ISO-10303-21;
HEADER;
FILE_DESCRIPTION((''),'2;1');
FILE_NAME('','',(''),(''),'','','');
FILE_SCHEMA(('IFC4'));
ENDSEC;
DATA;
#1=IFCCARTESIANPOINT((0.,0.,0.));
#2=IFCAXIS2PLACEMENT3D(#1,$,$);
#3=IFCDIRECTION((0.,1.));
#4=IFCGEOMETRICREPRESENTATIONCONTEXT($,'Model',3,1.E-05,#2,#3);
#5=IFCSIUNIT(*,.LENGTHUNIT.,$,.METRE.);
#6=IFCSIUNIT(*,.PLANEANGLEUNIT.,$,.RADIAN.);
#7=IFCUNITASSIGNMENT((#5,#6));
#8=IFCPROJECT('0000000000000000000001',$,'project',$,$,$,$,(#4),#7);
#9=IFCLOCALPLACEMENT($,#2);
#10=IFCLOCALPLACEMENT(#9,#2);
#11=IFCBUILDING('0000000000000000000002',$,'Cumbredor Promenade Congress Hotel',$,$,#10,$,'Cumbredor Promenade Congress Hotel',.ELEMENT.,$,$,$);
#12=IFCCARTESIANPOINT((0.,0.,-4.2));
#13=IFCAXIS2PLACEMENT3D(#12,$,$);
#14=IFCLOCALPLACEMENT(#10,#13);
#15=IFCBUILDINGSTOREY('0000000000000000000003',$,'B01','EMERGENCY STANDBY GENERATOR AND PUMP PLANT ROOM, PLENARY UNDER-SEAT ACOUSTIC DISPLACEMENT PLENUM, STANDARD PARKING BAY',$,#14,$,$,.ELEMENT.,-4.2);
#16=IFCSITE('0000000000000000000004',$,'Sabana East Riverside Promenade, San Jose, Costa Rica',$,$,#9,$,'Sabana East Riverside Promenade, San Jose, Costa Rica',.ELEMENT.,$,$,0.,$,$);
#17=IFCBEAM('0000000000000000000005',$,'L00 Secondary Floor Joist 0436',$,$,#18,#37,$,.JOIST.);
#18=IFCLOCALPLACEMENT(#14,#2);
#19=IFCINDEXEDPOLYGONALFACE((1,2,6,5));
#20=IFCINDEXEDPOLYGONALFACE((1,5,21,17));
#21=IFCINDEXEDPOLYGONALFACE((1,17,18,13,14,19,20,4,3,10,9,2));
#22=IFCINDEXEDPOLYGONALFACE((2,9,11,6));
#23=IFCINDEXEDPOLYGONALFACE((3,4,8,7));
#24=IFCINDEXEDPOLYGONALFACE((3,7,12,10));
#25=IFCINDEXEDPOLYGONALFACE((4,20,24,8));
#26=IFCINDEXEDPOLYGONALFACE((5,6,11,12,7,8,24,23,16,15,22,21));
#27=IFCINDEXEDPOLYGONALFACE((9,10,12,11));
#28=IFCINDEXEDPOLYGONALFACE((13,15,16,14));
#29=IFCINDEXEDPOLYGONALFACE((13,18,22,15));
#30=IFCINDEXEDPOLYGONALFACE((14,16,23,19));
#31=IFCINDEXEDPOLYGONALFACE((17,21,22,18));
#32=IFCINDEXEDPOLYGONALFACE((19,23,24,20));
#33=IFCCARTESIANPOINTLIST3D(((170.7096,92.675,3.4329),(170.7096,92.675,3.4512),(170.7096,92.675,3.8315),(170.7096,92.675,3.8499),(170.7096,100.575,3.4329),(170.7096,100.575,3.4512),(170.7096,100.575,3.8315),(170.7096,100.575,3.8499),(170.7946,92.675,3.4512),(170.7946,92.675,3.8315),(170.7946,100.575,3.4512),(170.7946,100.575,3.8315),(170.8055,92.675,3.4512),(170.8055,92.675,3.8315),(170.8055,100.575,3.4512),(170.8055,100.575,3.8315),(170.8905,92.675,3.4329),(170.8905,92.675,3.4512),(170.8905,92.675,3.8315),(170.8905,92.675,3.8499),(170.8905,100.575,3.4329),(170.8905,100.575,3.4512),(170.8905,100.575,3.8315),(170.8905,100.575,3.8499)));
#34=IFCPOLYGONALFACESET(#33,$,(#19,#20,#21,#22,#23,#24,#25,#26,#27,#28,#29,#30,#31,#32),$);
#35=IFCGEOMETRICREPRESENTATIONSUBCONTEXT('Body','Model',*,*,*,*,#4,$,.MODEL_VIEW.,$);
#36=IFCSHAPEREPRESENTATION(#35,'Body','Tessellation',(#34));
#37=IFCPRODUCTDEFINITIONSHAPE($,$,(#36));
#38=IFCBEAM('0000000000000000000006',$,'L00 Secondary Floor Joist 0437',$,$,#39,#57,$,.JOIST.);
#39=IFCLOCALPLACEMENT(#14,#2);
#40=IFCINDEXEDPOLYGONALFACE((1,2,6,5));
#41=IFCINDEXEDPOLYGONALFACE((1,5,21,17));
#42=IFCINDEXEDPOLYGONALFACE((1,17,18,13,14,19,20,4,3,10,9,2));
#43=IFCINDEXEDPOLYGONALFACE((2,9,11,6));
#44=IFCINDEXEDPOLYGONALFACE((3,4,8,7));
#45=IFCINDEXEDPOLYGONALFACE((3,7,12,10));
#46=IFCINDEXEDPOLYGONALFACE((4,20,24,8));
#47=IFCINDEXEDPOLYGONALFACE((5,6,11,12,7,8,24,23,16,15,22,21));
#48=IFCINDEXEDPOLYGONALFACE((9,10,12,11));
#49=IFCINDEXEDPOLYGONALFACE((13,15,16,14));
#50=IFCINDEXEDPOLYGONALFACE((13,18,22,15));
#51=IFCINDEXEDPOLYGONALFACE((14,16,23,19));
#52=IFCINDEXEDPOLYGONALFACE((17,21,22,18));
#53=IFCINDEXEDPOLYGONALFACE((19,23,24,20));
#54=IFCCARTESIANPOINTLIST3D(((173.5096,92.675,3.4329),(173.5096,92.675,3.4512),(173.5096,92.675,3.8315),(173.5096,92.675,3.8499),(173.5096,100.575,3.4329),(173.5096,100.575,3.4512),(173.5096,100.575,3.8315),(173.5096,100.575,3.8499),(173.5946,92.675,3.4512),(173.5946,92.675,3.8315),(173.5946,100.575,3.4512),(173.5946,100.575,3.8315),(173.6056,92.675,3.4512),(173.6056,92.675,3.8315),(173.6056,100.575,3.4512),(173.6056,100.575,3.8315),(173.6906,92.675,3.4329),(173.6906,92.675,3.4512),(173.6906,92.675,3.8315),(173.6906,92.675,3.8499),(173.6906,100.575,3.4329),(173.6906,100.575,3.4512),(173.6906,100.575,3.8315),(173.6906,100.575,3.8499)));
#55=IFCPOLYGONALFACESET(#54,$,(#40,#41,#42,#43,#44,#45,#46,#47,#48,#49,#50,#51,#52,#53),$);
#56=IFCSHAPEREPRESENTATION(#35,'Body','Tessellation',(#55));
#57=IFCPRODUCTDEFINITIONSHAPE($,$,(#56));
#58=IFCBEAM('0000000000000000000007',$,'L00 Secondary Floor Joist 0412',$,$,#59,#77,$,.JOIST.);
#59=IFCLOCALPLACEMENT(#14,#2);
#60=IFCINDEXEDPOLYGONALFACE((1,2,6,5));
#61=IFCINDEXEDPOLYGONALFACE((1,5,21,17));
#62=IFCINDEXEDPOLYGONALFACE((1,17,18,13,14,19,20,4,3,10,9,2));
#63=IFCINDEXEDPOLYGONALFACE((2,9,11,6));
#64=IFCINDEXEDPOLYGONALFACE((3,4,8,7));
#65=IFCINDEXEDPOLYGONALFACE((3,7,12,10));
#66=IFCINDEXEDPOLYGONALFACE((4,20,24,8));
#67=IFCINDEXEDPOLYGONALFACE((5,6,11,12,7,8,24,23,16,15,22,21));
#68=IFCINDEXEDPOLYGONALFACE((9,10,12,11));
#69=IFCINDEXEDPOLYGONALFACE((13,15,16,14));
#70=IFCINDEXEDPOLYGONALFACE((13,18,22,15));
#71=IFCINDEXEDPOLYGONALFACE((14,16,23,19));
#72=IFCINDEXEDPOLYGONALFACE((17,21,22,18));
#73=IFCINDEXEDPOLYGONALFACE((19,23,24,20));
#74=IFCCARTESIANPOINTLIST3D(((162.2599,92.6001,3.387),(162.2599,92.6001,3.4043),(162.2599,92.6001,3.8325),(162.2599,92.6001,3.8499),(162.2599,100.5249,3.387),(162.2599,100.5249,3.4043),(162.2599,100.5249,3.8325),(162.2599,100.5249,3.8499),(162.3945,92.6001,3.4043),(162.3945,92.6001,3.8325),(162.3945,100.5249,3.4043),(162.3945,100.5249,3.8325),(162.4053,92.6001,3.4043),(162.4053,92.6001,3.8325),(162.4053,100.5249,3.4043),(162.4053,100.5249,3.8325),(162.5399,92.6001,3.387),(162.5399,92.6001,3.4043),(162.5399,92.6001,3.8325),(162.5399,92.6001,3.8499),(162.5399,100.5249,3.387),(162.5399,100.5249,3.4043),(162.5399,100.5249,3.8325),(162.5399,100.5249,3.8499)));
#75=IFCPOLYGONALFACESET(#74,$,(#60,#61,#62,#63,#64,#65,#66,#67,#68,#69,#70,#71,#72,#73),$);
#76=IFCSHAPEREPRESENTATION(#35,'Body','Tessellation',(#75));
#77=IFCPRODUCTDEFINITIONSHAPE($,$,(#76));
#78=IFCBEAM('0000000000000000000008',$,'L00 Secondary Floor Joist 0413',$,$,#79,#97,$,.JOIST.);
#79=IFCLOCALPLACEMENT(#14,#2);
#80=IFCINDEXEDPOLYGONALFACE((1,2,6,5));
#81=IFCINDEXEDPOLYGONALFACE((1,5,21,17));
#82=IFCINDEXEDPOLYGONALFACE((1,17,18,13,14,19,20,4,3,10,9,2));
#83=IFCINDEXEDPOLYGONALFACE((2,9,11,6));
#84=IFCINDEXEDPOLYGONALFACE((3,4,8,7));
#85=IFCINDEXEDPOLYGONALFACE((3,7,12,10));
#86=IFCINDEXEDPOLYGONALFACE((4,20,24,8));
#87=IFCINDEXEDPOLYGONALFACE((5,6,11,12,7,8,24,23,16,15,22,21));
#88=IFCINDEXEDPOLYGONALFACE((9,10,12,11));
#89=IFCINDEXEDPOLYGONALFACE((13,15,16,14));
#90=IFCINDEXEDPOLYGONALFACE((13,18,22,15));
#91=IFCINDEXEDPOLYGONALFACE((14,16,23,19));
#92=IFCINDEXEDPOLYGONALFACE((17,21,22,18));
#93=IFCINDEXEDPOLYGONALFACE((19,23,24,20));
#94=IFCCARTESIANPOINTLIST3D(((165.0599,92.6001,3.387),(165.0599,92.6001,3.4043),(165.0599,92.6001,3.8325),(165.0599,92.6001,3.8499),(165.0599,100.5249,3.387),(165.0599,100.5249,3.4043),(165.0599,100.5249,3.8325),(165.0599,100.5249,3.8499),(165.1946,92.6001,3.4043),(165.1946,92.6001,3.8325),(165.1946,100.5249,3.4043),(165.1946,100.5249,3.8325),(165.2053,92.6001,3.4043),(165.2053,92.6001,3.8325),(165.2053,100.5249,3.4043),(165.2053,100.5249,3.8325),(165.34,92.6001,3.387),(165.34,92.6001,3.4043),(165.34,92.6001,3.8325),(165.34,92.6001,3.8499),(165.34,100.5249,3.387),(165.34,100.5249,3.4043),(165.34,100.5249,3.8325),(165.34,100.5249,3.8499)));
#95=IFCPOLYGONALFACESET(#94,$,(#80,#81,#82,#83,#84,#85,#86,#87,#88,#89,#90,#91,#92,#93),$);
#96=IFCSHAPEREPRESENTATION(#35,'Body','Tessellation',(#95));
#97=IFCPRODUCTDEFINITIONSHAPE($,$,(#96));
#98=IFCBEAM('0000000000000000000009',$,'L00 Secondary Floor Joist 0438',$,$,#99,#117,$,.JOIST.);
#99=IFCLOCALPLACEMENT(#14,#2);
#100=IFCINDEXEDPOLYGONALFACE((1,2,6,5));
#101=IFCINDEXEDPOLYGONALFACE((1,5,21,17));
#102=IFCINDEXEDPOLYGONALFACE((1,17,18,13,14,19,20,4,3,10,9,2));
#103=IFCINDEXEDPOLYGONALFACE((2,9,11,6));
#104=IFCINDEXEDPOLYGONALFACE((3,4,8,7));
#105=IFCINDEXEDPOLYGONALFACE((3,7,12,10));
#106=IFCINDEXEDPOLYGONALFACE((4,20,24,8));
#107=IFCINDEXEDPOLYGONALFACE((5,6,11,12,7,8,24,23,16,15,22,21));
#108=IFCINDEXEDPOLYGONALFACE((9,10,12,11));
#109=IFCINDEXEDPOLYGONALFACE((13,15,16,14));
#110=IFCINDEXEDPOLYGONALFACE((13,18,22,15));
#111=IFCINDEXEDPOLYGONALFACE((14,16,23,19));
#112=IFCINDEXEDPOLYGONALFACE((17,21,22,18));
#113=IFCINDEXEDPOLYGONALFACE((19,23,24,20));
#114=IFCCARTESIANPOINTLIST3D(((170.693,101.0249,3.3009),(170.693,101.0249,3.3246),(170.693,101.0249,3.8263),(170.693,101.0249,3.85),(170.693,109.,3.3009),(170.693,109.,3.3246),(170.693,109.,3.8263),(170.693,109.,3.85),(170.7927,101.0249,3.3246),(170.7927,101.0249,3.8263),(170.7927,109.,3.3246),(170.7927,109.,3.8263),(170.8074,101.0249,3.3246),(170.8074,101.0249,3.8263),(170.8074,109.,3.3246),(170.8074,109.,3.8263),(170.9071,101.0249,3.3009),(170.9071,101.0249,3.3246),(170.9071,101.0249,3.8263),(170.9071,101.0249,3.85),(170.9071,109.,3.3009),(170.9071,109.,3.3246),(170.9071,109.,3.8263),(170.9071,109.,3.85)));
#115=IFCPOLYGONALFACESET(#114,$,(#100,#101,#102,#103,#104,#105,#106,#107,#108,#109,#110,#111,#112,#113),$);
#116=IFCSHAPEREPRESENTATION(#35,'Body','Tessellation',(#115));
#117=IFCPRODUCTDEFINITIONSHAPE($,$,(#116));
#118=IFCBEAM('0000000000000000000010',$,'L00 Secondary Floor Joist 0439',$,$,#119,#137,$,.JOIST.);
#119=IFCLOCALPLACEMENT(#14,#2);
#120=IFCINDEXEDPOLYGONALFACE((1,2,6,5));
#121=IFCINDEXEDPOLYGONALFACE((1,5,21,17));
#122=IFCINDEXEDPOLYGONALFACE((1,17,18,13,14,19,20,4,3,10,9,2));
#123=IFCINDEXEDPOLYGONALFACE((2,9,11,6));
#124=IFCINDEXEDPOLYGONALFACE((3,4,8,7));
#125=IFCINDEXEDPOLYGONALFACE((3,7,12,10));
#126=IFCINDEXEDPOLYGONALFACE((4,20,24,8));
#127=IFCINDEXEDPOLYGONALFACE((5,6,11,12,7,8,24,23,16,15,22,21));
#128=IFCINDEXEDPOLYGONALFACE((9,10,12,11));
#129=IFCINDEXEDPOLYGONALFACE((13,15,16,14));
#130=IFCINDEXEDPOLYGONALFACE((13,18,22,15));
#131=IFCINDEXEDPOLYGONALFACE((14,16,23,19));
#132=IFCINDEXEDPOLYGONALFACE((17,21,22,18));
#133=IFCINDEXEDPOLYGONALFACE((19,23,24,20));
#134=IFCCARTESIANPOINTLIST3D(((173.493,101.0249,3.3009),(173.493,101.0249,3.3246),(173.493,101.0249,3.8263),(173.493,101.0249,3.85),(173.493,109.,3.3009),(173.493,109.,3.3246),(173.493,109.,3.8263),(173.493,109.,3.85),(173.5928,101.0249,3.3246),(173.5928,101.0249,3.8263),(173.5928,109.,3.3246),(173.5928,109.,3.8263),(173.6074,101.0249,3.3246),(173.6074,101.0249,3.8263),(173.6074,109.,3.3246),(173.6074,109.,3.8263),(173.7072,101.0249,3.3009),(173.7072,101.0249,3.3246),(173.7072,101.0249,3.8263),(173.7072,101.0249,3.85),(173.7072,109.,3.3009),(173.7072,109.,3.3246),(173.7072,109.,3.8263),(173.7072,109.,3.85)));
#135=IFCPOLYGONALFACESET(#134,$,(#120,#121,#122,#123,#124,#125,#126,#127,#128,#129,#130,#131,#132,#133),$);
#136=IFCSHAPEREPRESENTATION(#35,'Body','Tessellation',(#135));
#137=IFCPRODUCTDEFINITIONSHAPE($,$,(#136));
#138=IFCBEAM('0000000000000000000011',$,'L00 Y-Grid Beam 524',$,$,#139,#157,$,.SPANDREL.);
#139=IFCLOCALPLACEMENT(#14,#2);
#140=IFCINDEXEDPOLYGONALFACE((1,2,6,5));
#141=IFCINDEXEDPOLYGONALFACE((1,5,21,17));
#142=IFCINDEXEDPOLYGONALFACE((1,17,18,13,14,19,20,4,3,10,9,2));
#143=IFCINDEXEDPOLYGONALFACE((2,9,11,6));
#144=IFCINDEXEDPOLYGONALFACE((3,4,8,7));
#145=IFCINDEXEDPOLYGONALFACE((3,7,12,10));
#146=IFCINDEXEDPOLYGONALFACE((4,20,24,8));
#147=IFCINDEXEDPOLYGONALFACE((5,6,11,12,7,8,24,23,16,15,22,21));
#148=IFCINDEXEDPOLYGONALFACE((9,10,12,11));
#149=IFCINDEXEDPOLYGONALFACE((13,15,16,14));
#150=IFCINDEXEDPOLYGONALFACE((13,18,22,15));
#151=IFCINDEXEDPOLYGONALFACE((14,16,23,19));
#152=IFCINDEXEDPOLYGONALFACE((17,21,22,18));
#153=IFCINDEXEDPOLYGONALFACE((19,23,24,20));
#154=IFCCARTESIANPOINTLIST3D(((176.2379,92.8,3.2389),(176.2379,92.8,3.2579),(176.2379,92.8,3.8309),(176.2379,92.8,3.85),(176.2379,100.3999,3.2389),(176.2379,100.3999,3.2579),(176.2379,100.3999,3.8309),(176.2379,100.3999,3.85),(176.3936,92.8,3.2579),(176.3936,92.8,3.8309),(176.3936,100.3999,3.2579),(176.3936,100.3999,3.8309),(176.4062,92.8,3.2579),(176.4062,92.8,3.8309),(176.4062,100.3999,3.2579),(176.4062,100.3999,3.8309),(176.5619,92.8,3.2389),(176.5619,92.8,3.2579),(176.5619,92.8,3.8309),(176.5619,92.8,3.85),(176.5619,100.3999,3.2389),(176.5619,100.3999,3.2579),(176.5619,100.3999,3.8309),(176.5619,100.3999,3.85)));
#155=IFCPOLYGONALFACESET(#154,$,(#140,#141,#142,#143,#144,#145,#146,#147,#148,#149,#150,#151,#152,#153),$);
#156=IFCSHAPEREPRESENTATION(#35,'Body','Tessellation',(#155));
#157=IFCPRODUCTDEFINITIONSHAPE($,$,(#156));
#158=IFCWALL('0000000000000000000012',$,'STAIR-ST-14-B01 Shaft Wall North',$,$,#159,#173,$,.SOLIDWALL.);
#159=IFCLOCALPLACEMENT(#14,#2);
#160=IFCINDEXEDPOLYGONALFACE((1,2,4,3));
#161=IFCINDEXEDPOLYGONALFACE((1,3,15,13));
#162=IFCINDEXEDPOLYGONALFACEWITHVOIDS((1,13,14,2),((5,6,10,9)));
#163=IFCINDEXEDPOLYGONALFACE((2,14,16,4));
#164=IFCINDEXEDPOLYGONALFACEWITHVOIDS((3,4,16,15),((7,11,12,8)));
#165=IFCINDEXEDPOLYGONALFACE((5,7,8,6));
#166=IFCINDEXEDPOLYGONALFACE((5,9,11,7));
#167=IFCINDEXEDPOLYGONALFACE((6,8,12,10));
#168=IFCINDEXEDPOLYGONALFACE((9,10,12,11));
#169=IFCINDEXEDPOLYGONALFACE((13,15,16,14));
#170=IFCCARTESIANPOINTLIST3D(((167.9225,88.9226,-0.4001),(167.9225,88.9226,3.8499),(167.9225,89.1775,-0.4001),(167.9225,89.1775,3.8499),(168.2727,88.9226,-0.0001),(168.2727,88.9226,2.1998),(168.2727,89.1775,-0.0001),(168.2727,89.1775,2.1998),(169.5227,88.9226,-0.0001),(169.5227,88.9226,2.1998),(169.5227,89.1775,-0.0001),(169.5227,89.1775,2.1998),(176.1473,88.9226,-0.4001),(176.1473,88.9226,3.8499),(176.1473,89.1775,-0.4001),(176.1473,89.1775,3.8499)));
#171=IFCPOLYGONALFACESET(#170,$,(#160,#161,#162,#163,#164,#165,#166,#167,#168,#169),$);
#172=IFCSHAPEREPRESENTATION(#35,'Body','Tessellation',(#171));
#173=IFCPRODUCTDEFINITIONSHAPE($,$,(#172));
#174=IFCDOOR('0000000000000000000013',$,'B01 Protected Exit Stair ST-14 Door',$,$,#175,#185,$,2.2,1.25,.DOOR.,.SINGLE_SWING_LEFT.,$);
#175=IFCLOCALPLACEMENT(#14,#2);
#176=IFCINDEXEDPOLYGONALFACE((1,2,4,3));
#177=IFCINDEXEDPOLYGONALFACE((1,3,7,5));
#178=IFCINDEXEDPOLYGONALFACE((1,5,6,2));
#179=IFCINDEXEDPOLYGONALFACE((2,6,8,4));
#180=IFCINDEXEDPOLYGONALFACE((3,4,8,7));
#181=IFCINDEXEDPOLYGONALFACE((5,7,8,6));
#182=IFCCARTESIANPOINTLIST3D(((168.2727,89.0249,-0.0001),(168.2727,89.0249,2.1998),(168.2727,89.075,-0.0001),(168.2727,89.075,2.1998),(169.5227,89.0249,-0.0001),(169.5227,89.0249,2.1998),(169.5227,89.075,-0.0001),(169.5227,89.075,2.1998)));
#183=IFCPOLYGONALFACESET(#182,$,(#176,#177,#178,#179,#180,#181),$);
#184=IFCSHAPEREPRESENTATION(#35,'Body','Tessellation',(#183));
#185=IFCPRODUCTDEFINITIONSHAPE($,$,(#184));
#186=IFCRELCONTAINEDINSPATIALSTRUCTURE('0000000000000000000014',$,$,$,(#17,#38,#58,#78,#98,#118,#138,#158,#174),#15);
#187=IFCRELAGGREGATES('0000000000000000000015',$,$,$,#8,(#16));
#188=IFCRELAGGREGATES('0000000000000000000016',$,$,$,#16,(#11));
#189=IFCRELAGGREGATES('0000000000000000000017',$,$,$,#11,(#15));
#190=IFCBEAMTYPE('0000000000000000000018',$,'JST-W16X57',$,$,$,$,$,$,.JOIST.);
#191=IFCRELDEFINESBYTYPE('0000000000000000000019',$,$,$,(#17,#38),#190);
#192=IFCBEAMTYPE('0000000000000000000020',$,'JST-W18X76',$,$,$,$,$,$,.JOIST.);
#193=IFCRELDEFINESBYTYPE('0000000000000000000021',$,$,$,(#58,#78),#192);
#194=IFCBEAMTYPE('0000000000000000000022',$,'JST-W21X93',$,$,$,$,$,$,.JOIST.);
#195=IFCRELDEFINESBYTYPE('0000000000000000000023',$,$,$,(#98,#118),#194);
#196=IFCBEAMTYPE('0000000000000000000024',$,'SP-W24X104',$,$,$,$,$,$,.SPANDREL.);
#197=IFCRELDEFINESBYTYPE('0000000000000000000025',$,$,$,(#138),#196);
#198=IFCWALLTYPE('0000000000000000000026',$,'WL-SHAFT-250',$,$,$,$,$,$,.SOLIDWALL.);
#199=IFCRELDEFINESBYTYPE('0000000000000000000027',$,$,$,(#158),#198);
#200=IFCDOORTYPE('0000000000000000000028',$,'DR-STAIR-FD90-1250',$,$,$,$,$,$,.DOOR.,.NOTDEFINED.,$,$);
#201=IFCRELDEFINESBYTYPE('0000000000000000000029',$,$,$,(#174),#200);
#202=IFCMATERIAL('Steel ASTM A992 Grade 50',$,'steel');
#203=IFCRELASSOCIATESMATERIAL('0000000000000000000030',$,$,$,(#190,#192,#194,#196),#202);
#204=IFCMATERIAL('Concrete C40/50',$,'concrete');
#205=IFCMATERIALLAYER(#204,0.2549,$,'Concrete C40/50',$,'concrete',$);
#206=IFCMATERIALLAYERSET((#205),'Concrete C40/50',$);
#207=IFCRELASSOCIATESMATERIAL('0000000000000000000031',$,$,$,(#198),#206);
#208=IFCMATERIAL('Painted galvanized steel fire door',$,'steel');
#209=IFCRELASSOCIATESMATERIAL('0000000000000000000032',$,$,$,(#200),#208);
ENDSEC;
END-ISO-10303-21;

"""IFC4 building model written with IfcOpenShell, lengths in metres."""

from ifc_helpers import new_model, si_unit, direction, frame, frame_2d, origin, origin_2d, place, context, subcontext, project, spatial, rectangle, i_section, extrude, material, layer, layer_set, material_profile, profile_set, type_object, element, fill, save


model = new_model("IFC4")

# Units and contexts
model_context = context("Model", 3, precision=1e-05, world=origin(), true_north=direction((0.0, 1.0)))
body_context = subcontext(model_context, "Body", "Model", "MODEL_VIEW")
ifc_project = project(units=[si_unit("LENGTHUNIT", "METRE"), si_unit("PLANEANGLEUNIT", "RADIAN")], contexts=[model_context])

# Site, building, storey
site_placement = place(None, origin())
site = spatial("IfcSite", under=ifc_project, at=site_placement, Name="Sabana East Riverside Promenade, San Jose, Costa Rica", LongName="Sabana East Riverside Promenade, San Jose, Costa Rica", CompositionType="ELEMENT", RefElevation=0.0)
building_placement = place(site_placement, origin())
building = spatial("IfcBuilding", under=site, at=building_placement, Name="Cumbredor Promenade Congress Hotel", LongName="Cumbredor Promenade Congress Hotel", CompositionType="ELEMENT")
storey_placement = place(building_placement, frame((0.0, 0.0, -4.2)))
storey = spatial("IfcBuildingStorey", under=building, at=storey_placement, Name="B01", Description="EMERGENCY STANDBY GENERATOR AND PUMP PLANT ROOM, PLENARY UNDER-SEAT ACOUSTIC DISPLACEMENT PLENUM, STANDARD PARKING BAY", CompositionType="ELEMENT", Elevation=-4.2)

# Beams
ifc_material_1 = material(Name="Concrete C40/50", Category="concrete")
ifc_material_2 = material(Name="Steel ASTM A992 Grade 50", Category="steel")
ifc_material_profile_1 = material_profile(ifc_material_2, i_section(OverallWidth=0.1809, OverallDepth=0.417, WebThickness=0.011, FlangeThickness=0.0183, at=origin_2d()), Name="W16X57")
ifc_profile_set_1 = profile_set([ifc_material_profile_1], Name="Steel ASTM A992 Grade 50")
beam_type_1 = type_object("IfcBeamType", Name="JST-W16X57", PredefinedType="JOIST", material=ifc_profile_set_1)
for number, where, z_axis, x_axis, name in (
    (1, (170.8, 92.675, 3.6414), (0.0, 1.0, 0.0), (-1.0, 0.0, 0.0), "L00 Secondary Floor Joist 0436"),
    (2, (173.6001, 92.675, 3.6414), (0.0, 1.0, 0.0), (-1.0, 0.0, 0.0), "L00 Secondary Floor Joist 0437"),
):
    element("IfcBeam", number, at=place(storey_placement, frame(where, z_axis=z_axis, x_axis=x_axis)), inside=storey, type_object=beam_type_1, Name=name, PredefinedType="JOIST", context=body_context, shape_type="SweptSolid", body=[
        extrude(i_section(OverallWidth=0.1809, OverallDepth=0.417, WebThickness=0.011, FlangeThickness=0.0183, at=origin_2d()), origin(), (0.0, 0.0, 1.0), 7.8999),
    ])
ifc_material_profile_2 = material_profile(ifc_material_2, i_section(OverallWidth=0.28, OverallDepth=0.4629, WebThickness=0.0107, FlangeThickness=0.0173, at=origin_2d()), Name="W18X76")
ifc_profile_set_2 = profile_set([ifc_material_profile_2], Name="Steel ASTM A992 Grade 50")
beam_type_2 = type_object("IfcBeamType", Name="JST-W18X76", PredefinedType="JOIST", material=ifc_profile_set_2)
for number, where, z_axis, x_axis, name in (
    (3, (162.3999, 92.6001, 3.6184), (0.0, 1.0, 0.0), (-1.0, 0.0, 0.0), "L00 Secondary Floor Joist 0412"),
    (4, (165.2, 92.6001, 3.6184), (0.0, 1.0, 0.0), (-1.0, 0.0, 0.0), "L00 Secondary Floor Joist 0413"),
):
    element("IfcBeam", number, at=place(storey_placement, frame(where, z_axis=z_axis, x_axis=x_axis)), inside=storey, type_object=beam_type_2, Name=name, PredefinedType="JOIST", context=body_context, shape_type="SweptSolid", body=[
        extrude(i_section(OverallWidth=0.28, OverallDepth=0.4629, WebThickness=0.0107, FlangeThickness=0.0173, at=origin_2d()), origin(), (0.0, 0.0, 1.0), 7.9248),
    ])
ifc_material_profile_3 = material_profile(ifc_material_2, i_section(OverallWidth=0.2141, OverallDepth=0.5491, WebThickness=0.0146, FlangeThickness=0.0237, at=origin_2d()), Name="W21X93")
ifc_profile_set_3 = profile_set([ifc_material_profile_3], Name="Steel ASTM A992 Grade 50")
beam_type_3 = type_object("IfcBeamType", Name="JST-W21X93", PredefinedType="JOIST", material=ifc_profile_set_3)
for number, where, z_axis, x_axis, name in (
    (5, (170.8, 101.0249, 3.5754), (0.0, 1.0, 0.0), (-1.0, 0.0, 0.0), "L00 Secondary Floor Joist 0438"),
    (6, (173.6001, 101.0249, 3.5754), (0.0, 1.0, 0.0), (-1.0, 0.0, 0.0), "L00 Secondary Floor Joist 0439"),
):
    element("IfcBeam", number, at=place(storey_placement, frame(where, z_axis=z_axis, x_axis=x_axis)), inside=storey, type_object=beam_type_3, Name=name, PredefinedType="JOIST", context=body_context, shape_type="SweptSolid", body=[
        extrude(i_section(OverallWidth=0.2141, OverallDepth=0.5491, WebThickness=0.0146, FlangeThickness=0.0237, at=origin_2d()), origin(), (0.0, 0.0, 1.0), 7.9751),
    ])
ifc_material_profile_4 = material_profile(ifc_material_2, i_section(OverallWidth=0.324, OverallDepth=0.6111, WebThickness=0.0127, FlangeThickness=0.019, at=origin_2d()), Name="W24X104")
ifc_profile_set_4 = profile_set([ifc_material_profile_4], Name="Steel ASTM A992 Grade 50")
beam_type_4 = type_object("IfcBeamType", Name="SP-W24X104", PredefinedType="SPANDREL", material=ifc_profile_set_4)
beam_1_placement = place(storey_placement, frame((176.3999, 92.8, 3.5444), z_axis=(0.0, 1.0, 0.0), x_axis=(-1.0, 0.0, 0.0)))
element("IfcBeam", 7, at=beam_1_placement, inside=storey, type_object=beam_type_4, Name="L00 Y-Grid Beam 524", PredefinedType="SPANDREL", context=body_context, shape_type="SweptSolid", body=[
    extrude(i_section(OverallWidth=0.324, OverallDepth=0.6111, WebThickness=0.0127, FlangeThickness=0.019, at=origin_2d()), origin(), (0.0, 0.0, 1.0), 7.5999),
])

# Wall, opening, door
ifc_layer = layer(ifc_material_1, 0.2549, Name="Concrete C40/50", Category="concrete")
ifc_layer_set = layer_set([ifc_layer], Name="Concrete C40/50")
wall_type = type_object("IfcWallType", Name="WL-SHAFT-250", PredefinedType="SOLIDWALL", material=ifc_layer_set)
wall_placement = place(storey_placement, frame((167.9226, 89.05, -0.4001), z_axis=(0.0, 0.0, 1.0), x_axis=(1.0, 0.0, 0.0)))
wall = element("IfcWall", 8, at=wall_placement, inside=storey, type_object=wall_type, Name="STAIR-ST-14-B01 Shaft Wall North", PredefinedType="SOLIDWALL", context=body_context, shape_type="SweptSolid", body=[
    extrude(rectangle(XDim=8.2249, YDim=0.2549, at=frame_2d((4.1123, 0.0))), origin(), (0.0, 0.0, 1.0), 4.25),
])
opening_placement = place(wall_placement, frame((0.3501, 0.0, 0.3999)))
opening = element("IfcOpeningElement", 9, at=opening_placement, cuts=wall, PredefinedType="OPENING", context=body_context, shape_type="SweptSolid", body=[
    extrude(rectangle(XDim=1.25, YDim=2.2, at=frame_2d((0.625, 1.1001))), frame((0.0, 0.1375, 0.0), z_axis=(0.0, -1.0, 0.0), x_axis=(1.0, 0.0, 0.0)), (0.0, 0.0, 1.0), 0.2749),
])
ifc_material_3 = material(Name="Painted galvanized steel fire door", Category="steel")
door_type = type_object("IfcDoorType", Name="DR-STAIR-FD90-1250", OperationType="NOTDEFINED", PredefinedType="DOOR", material=ifc_material_3)
door_placement = place(opening_placement, origin())
door = element("IfcDoor", 10, at=door_placement, inside=storey, type_object=door_type, Name="B01 Protected Exit Stair ST-14 Door", OperationType="SINGLE_SWING_LEFT", OverallHeight=2.2, OverallWidth=1.25, PredefinedType="DOOR", context=body_context, shape_type="SweptSolid", body=[
    extrude(rectangle(XDim=1.25, YDim=2.2, at=frame_2d((0.625, 1.1001))), frame((0.0, 0.0249, 0.0), z_axis=(0.0, -1.0, 0.0), x_axis=(1.0, 0.0, 0.0)), (0.0, 0.0, 1.0), 0.05),
])
fill(opening, door)

save(model, "model.ifc")
